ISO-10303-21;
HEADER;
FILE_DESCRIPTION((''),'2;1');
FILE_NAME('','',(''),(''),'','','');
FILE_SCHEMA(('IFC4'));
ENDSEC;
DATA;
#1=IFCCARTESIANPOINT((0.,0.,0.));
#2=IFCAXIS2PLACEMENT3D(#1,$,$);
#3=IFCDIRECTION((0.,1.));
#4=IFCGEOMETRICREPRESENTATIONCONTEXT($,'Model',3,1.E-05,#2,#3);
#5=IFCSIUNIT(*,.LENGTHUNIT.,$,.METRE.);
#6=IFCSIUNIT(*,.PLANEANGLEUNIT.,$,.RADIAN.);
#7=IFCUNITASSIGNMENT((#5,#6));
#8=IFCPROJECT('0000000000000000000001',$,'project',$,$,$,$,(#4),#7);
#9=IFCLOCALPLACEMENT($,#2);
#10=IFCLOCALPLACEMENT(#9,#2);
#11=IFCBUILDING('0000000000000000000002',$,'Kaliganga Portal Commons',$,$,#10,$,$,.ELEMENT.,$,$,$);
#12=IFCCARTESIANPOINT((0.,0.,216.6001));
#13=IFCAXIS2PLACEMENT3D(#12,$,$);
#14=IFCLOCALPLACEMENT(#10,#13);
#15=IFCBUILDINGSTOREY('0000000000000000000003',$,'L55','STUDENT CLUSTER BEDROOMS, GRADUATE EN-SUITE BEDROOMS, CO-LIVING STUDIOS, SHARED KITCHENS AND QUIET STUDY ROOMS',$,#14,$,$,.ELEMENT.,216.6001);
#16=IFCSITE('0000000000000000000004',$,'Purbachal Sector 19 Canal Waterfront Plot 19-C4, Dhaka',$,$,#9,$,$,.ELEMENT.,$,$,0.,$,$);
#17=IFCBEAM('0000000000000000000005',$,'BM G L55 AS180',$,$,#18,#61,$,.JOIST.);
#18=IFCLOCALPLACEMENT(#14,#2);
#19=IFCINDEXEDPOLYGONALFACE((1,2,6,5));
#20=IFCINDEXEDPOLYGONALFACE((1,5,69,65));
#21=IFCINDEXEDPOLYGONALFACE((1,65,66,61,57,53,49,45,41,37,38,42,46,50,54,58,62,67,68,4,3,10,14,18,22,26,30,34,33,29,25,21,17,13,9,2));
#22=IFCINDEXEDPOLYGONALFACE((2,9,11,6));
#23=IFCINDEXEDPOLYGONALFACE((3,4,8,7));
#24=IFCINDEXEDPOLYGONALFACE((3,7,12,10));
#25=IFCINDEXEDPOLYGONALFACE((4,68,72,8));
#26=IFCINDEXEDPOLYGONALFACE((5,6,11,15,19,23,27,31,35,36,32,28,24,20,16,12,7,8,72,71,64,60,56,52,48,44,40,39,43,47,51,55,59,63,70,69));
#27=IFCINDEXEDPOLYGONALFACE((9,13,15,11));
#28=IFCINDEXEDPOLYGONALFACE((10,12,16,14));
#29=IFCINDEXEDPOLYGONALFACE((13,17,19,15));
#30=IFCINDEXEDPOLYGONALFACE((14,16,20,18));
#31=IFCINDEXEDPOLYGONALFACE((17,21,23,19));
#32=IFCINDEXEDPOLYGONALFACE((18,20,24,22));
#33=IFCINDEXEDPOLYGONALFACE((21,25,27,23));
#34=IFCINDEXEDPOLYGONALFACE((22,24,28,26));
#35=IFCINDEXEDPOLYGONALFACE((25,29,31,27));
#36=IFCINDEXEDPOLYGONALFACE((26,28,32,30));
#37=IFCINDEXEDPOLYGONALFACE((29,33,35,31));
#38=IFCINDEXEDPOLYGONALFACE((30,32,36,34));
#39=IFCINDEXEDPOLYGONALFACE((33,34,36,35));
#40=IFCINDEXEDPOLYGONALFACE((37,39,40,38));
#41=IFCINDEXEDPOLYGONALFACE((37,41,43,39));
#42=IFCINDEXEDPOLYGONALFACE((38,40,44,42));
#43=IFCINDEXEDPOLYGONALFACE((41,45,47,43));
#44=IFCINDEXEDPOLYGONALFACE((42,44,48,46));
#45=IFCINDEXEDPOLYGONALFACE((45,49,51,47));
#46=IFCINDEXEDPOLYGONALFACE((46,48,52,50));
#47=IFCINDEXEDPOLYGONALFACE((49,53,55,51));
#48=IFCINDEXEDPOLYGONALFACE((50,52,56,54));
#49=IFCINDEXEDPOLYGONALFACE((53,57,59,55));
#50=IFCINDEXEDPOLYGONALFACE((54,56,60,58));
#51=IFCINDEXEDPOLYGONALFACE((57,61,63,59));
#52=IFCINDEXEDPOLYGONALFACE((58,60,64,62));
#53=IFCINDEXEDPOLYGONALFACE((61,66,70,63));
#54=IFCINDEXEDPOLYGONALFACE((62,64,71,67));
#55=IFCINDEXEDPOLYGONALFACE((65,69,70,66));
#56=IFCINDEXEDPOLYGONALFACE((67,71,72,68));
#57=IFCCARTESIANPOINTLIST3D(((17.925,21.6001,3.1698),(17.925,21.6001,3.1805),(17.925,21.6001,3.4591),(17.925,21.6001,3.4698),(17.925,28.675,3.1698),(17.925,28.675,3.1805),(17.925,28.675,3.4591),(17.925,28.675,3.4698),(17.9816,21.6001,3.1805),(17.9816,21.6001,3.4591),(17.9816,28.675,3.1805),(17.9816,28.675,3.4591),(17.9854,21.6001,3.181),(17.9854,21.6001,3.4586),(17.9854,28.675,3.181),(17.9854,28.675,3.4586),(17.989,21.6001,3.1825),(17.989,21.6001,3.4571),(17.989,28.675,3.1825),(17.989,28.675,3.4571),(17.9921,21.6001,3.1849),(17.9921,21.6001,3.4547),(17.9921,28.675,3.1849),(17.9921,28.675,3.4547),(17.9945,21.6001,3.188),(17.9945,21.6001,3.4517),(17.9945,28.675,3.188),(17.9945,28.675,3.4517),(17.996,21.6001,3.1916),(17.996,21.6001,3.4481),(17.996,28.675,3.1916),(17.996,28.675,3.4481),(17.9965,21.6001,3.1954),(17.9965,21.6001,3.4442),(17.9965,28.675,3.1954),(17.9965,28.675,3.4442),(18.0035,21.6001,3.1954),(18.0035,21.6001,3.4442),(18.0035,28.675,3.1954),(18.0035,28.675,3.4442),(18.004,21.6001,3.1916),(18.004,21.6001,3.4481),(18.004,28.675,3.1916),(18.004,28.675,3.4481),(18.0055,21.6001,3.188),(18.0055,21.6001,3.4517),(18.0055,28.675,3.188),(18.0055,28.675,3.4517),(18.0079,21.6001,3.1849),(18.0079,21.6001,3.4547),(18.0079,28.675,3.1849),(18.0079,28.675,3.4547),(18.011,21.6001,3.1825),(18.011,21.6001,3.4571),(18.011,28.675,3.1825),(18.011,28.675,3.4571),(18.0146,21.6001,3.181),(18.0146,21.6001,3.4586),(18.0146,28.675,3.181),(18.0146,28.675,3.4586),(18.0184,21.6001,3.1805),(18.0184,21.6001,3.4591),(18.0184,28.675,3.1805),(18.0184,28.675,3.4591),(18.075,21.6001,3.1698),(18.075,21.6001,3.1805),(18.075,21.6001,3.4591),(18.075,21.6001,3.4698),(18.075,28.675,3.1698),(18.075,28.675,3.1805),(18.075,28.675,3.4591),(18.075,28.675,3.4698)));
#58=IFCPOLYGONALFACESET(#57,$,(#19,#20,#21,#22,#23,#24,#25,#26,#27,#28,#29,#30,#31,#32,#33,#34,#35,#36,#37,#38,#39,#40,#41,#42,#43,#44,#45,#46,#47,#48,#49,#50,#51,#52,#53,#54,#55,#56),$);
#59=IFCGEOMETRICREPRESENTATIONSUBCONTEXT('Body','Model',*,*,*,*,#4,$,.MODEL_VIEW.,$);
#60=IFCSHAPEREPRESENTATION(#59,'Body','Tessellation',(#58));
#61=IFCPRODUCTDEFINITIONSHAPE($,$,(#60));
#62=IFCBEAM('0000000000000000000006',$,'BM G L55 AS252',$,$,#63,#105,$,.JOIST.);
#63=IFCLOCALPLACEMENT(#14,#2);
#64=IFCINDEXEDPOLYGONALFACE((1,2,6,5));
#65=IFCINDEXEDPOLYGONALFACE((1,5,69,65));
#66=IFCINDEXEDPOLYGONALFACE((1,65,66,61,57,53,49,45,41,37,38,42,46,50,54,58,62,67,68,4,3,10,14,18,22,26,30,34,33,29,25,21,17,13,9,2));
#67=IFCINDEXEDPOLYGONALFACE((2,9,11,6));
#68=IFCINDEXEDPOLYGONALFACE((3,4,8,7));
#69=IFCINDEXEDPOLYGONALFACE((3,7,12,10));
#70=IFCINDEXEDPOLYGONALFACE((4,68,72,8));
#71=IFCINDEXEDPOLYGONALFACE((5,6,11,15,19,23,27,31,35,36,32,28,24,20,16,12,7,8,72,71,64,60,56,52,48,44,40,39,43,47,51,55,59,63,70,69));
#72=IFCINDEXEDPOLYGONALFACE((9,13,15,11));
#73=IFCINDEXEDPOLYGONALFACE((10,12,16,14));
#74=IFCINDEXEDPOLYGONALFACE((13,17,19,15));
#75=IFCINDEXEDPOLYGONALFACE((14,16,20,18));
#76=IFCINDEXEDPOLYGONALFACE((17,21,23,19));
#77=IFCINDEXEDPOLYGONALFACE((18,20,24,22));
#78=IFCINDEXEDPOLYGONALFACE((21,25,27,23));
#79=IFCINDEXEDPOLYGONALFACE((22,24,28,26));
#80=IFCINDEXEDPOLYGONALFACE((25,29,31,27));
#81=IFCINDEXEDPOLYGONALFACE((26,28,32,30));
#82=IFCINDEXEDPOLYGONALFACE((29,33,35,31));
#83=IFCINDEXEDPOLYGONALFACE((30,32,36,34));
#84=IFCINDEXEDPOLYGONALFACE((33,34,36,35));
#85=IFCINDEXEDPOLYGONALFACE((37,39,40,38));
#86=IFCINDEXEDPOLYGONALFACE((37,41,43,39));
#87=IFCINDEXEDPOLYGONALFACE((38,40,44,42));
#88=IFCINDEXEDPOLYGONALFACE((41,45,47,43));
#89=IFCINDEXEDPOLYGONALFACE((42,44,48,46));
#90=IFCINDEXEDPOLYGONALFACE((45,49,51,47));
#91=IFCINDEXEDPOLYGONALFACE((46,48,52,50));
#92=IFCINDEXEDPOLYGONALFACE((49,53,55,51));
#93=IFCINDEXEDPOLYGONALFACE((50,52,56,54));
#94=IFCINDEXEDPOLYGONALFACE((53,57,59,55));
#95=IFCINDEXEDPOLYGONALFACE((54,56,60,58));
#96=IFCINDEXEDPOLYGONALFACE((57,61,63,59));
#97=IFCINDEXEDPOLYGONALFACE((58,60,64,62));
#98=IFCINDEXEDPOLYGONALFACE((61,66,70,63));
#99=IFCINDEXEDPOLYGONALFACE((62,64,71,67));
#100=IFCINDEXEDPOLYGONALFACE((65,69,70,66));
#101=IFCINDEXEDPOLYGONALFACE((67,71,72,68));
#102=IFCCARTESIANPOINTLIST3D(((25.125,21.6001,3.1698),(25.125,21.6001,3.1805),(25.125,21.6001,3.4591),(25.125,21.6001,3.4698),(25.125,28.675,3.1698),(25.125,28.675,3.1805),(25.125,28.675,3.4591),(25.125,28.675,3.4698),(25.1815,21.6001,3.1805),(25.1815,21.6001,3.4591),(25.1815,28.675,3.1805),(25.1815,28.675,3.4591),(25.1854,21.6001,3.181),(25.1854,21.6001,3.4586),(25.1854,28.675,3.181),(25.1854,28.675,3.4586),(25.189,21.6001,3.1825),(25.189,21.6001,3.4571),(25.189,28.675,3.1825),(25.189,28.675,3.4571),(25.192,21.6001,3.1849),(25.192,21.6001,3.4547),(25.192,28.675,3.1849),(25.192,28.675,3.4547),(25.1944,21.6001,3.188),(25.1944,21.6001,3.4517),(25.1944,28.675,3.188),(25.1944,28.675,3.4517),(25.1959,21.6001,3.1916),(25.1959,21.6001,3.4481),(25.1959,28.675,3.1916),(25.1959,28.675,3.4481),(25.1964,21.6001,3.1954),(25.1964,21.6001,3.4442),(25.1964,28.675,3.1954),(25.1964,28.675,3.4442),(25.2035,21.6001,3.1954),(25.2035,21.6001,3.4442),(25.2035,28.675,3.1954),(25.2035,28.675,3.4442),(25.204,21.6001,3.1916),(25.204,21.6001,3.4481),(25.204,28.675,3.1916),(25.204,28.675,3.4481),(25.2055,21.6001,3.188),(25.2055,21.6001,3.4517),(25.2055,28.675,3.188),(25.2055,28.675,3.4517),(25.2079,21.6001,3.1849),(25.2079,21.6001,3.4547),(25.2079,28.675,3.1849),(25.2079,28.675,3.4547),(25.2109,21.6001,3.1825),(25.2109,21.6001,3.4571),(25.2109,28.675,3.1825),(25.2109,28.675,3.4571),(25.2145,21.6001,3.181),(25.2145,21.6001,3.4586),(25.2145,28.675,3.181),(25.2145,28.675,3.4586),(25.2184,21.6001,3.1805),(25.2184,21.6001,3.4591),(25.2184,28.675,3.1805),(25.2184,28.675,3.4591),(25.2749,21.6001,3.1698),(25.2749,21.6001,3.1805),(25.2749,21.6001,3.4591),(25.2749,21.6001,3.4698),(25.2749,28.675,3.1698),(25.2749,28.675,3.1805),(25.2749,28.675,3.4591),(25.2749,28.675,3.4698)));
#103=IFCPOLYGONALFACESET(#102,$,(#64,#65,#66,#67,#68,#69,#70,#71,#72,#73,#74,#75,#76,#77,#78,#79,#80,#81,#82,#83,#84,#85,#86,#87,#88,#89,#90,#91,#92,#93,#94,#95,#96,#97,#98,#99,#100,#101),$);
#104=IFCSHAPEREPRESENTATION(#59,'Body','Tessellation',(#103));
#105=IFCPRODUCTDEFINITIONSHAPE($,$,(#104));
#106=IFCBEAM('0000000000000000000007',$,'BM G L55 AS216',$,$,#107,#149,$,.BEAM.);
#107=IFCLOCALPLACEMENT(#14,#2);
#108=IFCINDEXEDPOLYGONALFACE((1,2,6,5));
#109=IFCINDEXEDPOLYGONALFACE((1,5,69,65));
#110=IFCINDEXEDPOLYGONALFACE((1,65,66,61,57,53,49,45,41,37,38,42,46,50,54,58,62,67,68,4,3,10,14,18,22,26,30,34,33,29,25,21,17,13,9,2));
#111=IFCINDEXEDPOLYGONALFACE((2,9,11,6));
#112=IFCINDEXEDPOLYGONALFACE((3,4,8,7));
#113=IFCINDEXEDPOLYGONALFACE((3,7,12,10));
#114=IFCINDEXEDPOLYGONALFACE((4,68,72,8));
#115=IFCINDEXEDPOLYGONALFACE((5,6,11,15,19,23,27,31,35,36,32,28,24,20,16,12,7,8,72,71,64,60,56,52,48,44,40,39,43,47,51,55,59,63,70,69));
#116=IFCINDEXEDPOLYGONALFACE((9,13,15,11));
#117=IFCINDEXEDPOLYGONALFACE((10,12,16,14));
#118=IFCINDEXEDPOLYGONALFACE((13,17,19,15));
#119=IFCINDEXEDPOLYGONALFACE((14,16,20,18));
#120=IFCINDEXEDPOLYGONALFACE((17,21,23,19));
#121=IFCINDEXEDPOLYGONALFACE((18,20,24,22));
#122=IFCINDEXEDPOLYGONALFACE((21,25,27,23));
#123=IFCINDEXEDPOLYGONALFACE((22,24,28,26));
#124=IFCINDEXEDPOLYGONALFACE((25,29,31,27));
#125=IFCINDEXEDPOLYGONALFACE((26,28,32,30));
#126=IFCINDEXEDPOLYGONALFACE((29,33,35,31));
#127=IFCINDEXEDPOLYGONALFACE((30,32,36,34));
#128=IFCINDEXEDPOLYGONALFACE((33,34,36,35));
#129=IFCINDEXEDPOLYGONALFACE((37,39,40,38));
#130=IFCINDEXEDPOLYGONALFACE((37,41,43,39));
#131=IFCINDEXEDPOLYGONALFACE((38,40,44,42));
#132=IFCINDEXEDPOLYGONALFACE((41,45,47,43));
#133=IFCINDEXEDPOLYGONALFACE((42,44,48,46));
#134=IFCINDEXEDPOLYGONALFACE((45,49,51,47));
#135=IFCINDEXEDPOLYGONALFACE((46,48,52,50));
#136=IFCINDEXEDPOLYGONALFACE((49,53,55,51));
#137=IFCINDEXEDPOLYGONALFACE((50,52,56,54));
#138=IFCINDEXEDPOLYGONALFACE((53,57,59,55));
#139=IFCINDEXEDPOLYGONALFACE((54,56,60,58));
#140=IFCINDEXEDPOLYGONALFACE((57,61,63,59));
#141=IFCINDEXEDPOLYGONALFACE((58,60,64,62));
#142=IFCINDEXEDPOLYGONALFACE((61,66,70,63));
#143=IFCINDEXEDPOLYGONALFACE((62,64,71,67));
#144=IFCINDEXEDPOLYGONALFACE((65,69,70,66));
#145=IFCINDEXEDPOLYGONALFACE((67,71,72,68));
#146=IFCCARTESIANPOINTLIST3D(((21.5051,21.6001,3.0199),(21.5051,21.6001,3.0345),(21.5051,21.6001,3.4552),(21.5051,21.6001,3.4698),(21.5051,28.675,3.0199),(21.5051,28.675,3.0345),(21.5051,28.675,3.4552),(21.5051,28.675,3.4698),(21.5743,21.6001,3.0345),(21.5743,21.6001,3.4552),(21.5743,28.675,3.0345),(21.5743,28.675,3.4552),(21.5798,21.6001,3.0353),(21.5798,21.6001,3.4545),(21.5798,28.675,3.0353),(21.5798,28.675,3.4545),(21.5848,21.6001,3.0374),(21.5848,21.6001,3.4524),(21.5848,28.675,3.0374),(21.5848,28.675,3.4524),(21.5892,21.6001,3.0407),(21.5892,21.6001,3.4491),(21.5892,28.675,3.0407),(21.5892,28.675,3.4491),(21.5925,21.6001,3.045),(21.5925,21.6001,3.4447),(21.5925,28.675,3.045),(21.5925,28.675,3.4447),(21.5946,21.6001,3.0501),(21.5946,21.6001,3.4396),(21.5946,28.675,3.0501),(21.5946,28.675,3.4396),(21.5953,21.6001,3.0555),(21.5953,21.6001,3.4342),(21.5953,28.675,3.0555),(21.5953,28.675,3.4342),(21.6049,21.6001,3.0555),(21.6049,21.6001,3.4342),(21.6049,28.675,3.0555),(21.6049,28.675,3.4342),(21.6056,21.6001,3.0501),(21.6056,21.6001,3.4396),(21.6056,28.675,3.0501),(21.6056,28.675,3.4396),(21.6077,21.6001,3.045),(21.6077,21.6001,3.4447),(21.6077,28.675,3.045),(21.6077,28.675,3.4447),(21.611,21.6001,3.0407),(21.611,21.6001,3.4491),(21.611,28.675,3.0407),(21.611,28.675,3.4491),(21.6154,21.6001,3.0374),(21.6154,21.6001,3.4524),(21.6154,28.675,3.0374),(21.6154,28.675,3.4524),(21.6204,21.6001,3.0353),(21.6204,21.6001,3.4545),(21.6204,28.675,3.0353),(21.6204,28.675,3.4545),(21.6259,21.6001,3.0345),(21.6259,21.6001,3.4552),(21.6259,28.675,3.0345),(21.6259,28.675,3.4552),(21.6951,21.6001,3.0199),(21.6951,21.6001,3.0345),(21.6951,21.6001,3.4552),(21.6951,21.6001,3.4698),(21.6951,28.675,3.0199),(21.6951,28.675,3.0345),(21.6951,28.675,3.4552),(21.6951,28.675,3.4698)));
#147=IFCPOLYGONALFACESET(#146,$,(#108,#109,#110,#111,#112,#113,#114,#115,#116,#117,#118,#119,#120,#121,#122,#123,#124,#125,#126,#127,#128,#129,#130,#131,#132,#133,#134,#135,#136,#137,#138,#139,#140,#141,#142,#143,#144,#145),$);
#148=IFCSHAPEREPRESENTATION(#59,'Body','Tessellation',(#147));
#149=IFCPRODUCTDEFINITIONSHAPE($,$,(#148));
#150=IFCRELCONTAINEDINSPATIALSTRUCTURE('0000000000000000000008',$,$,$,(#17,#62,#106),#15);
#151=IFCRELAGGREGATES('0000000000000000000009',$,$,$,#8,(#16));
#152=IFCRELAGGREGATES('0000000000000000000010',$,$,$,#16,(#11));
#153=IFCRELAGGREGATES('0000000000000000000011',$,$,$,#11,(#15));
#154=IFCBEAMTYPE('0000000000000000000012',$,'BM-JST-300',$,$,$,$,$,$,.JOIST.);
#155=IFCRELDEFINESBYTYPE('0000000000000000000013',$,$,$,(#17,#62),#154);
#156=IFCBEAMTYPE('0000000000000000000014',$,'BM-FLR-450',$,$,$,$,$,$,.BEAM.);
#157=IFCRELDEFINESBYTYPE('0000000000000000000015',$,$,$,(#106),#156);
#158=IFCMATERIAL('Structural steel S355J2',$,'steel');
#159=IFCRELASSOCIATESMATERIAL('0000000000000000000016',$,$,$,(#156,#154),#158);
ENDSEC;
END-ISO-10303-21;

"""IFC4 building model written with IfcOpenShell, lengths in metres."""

from ifc_helpers import new_model, si_unit, direction, frame, origin, origin_2d, place, context, subcontext, project, spatial, i_section, extrude, source, transform, mapped, material, material_profile, profile_set, type_object, element, save


model = new_model("IFC4")

# Units and contexts
model_context = context("Model", 3, precision=1e-05, world=origin(), true_north=direction((0.0, 1.0)))
body_context = subcontext(model_context, "Body", "Model", "MODEL_VIEW")
ifc_project = project(units=[si_unit("LENGTHUNIT", "METRE"), si_unit("PLANEANGLEUNIT", "RADIAN")], contexts=[model_context])

# Site, building, storey
site_placement = place(None, origin())
site = spatial("IfcSite", under=ifc_project, at=site_placement, Name="Purbachal Sector 19 Canal Waterfront Plot 19-C4, Dhaka", CompositionType="ELEMENT", RefElevation=0.0)
building_placement = place(site_placement, origin())
building = spatial("IfcBuilding", under=site, at=building_placement, Name="Kaliganga Portal Commons", CompositionType="ELEMENT")
storey_placement = place(building_placement, frame((0.0, 0.0, 216.6001)))
storey = spatial("IfcBuildingStorey", under=building, at=storey_placement, Name="L55", Description="STUDENT CLUSTER BEDROOMS, GRADUATE EN-SUITE BEDROOMS, CO-LIVING STUDIOS, SHARED KITCHENS AND QUIET STUDY ROOMS", CompositionType="ELEMENT", Elevation=216.6001)

# Shared definitions
ifc_material_1 = material(Name="Structural steel S355J2", Category="steel")

# Beams
ifc_material_profile_1 = material_profile(ifc_material_1, i_section(OverallWidth=0.1899, OverallDepth=0.45, WebThickness=0.0095, FlangeThickness=0.0146, FilletRadius=0.021, at=origin_2d()), Name="IPE 450")
ifc_profile_set_1 = profile_set([ifc_material_profile_1], Name="Structural steel S355J2 wide-flange")
beam_type_1 = type_object("IfcBeamType", Name="BM-FLR-450", PredefinedType="BEAM", material=ifc_profile_set_1)
ifc_material_profile_2 = material_profile(ifc_material_1, i_section(OverallWidth=0.1499, OverallDepth=0.3, WebThickness=0.0071, FlangeThickness=0.0107, FilletRadius=0.0149, at=origin_2d()), Name="IPE 300")
ifc_profile_set_2 = profile_set([ifc_material_profile_2], Name="Structural steel S355J2 wide-flange")
beam_type_2 = type_object("IfcBeamType", Name="BM-JST-300", PredefinedType="JOIST", material=ifc_profile_set_2)
shared_shape_1 = source(origin(), body_context, "Body", "SweptSolid", [
    extrude(i_section(OverallWidth=0.1499, OverallDepth=0.3, WebThickness=0.0071, FlangeThickness=0.0107, FilletRadius=0.0149, at=origin_2d()), origin(), (0.0, 0.0, 1.0), 7.075),
])
for number, where, z_axis, x_axis, name in (
    (1, (18.0, 21.6001, 3.3198), (0.0, 1.0, 0.0), (-1.0, 0.0, 0.0), "BM G L55 AS180"),
    (2, (25.2, 21.6001, 3.3198), (0.0, 1.0, 0.0), (-1.0, 0.0, 0.0), "BM G L55 AS252"),
):
    element("IfcBeam", number, at=place(storey_placement, frame(where, z_axis=z_axis, x_axis=x_axis)), inside=storey, type_object=beam_type_2, Name=name, PredefinedType="JOIST", context=body_context, shape_type="MappedRepresentation", body=[
        mapped(shared_shape_1, transform((0.0, 0.0, 0.0), x_axis=(1.0, 0.0, 0.0), y_axis=(0.0, 1.0, 0.0), z_axis=(0.0, 0.0, 1.0), scale=1.0)),
    ])
shared_shape_2 = source(origin(), body_context, "Body", "SweptSolid", [
    extrude(i_section(OverallWidth=0.1899, OverallDepth=0.45, WebThickness=0.0095, FlangeThickness=0.0146, FilletRadius=0.021, at=origin_2d()), origin(), (0.0, 0.0, 1.0), 7.075),
])
beam_1_placement = place(storey_placement, frame((21.6001, 21.6001, 3.2449), z_axis=(0.0, 1.0, 0.0), x_axis=(-1.0, 0.0, 0.0)))
element("IfcBeam", 3, at=beam_1_placement, inside=storey, type_object=beam_type_1, Name="BM G L55 AS216", PredefinedType="BEAM", context=body_context, shape_type="MappedRepresentation", body=[
    mapped(shared_shape_2, transform((0.0, 0.0, 0.0), x_axis=(1.0, 0.0, 0.0), y_axis=(0.0, 1.0, 0.0), z_axis=(0.0, 0.0, 1.0), scale=1.0)),
])

save(model, "model.ifc")
